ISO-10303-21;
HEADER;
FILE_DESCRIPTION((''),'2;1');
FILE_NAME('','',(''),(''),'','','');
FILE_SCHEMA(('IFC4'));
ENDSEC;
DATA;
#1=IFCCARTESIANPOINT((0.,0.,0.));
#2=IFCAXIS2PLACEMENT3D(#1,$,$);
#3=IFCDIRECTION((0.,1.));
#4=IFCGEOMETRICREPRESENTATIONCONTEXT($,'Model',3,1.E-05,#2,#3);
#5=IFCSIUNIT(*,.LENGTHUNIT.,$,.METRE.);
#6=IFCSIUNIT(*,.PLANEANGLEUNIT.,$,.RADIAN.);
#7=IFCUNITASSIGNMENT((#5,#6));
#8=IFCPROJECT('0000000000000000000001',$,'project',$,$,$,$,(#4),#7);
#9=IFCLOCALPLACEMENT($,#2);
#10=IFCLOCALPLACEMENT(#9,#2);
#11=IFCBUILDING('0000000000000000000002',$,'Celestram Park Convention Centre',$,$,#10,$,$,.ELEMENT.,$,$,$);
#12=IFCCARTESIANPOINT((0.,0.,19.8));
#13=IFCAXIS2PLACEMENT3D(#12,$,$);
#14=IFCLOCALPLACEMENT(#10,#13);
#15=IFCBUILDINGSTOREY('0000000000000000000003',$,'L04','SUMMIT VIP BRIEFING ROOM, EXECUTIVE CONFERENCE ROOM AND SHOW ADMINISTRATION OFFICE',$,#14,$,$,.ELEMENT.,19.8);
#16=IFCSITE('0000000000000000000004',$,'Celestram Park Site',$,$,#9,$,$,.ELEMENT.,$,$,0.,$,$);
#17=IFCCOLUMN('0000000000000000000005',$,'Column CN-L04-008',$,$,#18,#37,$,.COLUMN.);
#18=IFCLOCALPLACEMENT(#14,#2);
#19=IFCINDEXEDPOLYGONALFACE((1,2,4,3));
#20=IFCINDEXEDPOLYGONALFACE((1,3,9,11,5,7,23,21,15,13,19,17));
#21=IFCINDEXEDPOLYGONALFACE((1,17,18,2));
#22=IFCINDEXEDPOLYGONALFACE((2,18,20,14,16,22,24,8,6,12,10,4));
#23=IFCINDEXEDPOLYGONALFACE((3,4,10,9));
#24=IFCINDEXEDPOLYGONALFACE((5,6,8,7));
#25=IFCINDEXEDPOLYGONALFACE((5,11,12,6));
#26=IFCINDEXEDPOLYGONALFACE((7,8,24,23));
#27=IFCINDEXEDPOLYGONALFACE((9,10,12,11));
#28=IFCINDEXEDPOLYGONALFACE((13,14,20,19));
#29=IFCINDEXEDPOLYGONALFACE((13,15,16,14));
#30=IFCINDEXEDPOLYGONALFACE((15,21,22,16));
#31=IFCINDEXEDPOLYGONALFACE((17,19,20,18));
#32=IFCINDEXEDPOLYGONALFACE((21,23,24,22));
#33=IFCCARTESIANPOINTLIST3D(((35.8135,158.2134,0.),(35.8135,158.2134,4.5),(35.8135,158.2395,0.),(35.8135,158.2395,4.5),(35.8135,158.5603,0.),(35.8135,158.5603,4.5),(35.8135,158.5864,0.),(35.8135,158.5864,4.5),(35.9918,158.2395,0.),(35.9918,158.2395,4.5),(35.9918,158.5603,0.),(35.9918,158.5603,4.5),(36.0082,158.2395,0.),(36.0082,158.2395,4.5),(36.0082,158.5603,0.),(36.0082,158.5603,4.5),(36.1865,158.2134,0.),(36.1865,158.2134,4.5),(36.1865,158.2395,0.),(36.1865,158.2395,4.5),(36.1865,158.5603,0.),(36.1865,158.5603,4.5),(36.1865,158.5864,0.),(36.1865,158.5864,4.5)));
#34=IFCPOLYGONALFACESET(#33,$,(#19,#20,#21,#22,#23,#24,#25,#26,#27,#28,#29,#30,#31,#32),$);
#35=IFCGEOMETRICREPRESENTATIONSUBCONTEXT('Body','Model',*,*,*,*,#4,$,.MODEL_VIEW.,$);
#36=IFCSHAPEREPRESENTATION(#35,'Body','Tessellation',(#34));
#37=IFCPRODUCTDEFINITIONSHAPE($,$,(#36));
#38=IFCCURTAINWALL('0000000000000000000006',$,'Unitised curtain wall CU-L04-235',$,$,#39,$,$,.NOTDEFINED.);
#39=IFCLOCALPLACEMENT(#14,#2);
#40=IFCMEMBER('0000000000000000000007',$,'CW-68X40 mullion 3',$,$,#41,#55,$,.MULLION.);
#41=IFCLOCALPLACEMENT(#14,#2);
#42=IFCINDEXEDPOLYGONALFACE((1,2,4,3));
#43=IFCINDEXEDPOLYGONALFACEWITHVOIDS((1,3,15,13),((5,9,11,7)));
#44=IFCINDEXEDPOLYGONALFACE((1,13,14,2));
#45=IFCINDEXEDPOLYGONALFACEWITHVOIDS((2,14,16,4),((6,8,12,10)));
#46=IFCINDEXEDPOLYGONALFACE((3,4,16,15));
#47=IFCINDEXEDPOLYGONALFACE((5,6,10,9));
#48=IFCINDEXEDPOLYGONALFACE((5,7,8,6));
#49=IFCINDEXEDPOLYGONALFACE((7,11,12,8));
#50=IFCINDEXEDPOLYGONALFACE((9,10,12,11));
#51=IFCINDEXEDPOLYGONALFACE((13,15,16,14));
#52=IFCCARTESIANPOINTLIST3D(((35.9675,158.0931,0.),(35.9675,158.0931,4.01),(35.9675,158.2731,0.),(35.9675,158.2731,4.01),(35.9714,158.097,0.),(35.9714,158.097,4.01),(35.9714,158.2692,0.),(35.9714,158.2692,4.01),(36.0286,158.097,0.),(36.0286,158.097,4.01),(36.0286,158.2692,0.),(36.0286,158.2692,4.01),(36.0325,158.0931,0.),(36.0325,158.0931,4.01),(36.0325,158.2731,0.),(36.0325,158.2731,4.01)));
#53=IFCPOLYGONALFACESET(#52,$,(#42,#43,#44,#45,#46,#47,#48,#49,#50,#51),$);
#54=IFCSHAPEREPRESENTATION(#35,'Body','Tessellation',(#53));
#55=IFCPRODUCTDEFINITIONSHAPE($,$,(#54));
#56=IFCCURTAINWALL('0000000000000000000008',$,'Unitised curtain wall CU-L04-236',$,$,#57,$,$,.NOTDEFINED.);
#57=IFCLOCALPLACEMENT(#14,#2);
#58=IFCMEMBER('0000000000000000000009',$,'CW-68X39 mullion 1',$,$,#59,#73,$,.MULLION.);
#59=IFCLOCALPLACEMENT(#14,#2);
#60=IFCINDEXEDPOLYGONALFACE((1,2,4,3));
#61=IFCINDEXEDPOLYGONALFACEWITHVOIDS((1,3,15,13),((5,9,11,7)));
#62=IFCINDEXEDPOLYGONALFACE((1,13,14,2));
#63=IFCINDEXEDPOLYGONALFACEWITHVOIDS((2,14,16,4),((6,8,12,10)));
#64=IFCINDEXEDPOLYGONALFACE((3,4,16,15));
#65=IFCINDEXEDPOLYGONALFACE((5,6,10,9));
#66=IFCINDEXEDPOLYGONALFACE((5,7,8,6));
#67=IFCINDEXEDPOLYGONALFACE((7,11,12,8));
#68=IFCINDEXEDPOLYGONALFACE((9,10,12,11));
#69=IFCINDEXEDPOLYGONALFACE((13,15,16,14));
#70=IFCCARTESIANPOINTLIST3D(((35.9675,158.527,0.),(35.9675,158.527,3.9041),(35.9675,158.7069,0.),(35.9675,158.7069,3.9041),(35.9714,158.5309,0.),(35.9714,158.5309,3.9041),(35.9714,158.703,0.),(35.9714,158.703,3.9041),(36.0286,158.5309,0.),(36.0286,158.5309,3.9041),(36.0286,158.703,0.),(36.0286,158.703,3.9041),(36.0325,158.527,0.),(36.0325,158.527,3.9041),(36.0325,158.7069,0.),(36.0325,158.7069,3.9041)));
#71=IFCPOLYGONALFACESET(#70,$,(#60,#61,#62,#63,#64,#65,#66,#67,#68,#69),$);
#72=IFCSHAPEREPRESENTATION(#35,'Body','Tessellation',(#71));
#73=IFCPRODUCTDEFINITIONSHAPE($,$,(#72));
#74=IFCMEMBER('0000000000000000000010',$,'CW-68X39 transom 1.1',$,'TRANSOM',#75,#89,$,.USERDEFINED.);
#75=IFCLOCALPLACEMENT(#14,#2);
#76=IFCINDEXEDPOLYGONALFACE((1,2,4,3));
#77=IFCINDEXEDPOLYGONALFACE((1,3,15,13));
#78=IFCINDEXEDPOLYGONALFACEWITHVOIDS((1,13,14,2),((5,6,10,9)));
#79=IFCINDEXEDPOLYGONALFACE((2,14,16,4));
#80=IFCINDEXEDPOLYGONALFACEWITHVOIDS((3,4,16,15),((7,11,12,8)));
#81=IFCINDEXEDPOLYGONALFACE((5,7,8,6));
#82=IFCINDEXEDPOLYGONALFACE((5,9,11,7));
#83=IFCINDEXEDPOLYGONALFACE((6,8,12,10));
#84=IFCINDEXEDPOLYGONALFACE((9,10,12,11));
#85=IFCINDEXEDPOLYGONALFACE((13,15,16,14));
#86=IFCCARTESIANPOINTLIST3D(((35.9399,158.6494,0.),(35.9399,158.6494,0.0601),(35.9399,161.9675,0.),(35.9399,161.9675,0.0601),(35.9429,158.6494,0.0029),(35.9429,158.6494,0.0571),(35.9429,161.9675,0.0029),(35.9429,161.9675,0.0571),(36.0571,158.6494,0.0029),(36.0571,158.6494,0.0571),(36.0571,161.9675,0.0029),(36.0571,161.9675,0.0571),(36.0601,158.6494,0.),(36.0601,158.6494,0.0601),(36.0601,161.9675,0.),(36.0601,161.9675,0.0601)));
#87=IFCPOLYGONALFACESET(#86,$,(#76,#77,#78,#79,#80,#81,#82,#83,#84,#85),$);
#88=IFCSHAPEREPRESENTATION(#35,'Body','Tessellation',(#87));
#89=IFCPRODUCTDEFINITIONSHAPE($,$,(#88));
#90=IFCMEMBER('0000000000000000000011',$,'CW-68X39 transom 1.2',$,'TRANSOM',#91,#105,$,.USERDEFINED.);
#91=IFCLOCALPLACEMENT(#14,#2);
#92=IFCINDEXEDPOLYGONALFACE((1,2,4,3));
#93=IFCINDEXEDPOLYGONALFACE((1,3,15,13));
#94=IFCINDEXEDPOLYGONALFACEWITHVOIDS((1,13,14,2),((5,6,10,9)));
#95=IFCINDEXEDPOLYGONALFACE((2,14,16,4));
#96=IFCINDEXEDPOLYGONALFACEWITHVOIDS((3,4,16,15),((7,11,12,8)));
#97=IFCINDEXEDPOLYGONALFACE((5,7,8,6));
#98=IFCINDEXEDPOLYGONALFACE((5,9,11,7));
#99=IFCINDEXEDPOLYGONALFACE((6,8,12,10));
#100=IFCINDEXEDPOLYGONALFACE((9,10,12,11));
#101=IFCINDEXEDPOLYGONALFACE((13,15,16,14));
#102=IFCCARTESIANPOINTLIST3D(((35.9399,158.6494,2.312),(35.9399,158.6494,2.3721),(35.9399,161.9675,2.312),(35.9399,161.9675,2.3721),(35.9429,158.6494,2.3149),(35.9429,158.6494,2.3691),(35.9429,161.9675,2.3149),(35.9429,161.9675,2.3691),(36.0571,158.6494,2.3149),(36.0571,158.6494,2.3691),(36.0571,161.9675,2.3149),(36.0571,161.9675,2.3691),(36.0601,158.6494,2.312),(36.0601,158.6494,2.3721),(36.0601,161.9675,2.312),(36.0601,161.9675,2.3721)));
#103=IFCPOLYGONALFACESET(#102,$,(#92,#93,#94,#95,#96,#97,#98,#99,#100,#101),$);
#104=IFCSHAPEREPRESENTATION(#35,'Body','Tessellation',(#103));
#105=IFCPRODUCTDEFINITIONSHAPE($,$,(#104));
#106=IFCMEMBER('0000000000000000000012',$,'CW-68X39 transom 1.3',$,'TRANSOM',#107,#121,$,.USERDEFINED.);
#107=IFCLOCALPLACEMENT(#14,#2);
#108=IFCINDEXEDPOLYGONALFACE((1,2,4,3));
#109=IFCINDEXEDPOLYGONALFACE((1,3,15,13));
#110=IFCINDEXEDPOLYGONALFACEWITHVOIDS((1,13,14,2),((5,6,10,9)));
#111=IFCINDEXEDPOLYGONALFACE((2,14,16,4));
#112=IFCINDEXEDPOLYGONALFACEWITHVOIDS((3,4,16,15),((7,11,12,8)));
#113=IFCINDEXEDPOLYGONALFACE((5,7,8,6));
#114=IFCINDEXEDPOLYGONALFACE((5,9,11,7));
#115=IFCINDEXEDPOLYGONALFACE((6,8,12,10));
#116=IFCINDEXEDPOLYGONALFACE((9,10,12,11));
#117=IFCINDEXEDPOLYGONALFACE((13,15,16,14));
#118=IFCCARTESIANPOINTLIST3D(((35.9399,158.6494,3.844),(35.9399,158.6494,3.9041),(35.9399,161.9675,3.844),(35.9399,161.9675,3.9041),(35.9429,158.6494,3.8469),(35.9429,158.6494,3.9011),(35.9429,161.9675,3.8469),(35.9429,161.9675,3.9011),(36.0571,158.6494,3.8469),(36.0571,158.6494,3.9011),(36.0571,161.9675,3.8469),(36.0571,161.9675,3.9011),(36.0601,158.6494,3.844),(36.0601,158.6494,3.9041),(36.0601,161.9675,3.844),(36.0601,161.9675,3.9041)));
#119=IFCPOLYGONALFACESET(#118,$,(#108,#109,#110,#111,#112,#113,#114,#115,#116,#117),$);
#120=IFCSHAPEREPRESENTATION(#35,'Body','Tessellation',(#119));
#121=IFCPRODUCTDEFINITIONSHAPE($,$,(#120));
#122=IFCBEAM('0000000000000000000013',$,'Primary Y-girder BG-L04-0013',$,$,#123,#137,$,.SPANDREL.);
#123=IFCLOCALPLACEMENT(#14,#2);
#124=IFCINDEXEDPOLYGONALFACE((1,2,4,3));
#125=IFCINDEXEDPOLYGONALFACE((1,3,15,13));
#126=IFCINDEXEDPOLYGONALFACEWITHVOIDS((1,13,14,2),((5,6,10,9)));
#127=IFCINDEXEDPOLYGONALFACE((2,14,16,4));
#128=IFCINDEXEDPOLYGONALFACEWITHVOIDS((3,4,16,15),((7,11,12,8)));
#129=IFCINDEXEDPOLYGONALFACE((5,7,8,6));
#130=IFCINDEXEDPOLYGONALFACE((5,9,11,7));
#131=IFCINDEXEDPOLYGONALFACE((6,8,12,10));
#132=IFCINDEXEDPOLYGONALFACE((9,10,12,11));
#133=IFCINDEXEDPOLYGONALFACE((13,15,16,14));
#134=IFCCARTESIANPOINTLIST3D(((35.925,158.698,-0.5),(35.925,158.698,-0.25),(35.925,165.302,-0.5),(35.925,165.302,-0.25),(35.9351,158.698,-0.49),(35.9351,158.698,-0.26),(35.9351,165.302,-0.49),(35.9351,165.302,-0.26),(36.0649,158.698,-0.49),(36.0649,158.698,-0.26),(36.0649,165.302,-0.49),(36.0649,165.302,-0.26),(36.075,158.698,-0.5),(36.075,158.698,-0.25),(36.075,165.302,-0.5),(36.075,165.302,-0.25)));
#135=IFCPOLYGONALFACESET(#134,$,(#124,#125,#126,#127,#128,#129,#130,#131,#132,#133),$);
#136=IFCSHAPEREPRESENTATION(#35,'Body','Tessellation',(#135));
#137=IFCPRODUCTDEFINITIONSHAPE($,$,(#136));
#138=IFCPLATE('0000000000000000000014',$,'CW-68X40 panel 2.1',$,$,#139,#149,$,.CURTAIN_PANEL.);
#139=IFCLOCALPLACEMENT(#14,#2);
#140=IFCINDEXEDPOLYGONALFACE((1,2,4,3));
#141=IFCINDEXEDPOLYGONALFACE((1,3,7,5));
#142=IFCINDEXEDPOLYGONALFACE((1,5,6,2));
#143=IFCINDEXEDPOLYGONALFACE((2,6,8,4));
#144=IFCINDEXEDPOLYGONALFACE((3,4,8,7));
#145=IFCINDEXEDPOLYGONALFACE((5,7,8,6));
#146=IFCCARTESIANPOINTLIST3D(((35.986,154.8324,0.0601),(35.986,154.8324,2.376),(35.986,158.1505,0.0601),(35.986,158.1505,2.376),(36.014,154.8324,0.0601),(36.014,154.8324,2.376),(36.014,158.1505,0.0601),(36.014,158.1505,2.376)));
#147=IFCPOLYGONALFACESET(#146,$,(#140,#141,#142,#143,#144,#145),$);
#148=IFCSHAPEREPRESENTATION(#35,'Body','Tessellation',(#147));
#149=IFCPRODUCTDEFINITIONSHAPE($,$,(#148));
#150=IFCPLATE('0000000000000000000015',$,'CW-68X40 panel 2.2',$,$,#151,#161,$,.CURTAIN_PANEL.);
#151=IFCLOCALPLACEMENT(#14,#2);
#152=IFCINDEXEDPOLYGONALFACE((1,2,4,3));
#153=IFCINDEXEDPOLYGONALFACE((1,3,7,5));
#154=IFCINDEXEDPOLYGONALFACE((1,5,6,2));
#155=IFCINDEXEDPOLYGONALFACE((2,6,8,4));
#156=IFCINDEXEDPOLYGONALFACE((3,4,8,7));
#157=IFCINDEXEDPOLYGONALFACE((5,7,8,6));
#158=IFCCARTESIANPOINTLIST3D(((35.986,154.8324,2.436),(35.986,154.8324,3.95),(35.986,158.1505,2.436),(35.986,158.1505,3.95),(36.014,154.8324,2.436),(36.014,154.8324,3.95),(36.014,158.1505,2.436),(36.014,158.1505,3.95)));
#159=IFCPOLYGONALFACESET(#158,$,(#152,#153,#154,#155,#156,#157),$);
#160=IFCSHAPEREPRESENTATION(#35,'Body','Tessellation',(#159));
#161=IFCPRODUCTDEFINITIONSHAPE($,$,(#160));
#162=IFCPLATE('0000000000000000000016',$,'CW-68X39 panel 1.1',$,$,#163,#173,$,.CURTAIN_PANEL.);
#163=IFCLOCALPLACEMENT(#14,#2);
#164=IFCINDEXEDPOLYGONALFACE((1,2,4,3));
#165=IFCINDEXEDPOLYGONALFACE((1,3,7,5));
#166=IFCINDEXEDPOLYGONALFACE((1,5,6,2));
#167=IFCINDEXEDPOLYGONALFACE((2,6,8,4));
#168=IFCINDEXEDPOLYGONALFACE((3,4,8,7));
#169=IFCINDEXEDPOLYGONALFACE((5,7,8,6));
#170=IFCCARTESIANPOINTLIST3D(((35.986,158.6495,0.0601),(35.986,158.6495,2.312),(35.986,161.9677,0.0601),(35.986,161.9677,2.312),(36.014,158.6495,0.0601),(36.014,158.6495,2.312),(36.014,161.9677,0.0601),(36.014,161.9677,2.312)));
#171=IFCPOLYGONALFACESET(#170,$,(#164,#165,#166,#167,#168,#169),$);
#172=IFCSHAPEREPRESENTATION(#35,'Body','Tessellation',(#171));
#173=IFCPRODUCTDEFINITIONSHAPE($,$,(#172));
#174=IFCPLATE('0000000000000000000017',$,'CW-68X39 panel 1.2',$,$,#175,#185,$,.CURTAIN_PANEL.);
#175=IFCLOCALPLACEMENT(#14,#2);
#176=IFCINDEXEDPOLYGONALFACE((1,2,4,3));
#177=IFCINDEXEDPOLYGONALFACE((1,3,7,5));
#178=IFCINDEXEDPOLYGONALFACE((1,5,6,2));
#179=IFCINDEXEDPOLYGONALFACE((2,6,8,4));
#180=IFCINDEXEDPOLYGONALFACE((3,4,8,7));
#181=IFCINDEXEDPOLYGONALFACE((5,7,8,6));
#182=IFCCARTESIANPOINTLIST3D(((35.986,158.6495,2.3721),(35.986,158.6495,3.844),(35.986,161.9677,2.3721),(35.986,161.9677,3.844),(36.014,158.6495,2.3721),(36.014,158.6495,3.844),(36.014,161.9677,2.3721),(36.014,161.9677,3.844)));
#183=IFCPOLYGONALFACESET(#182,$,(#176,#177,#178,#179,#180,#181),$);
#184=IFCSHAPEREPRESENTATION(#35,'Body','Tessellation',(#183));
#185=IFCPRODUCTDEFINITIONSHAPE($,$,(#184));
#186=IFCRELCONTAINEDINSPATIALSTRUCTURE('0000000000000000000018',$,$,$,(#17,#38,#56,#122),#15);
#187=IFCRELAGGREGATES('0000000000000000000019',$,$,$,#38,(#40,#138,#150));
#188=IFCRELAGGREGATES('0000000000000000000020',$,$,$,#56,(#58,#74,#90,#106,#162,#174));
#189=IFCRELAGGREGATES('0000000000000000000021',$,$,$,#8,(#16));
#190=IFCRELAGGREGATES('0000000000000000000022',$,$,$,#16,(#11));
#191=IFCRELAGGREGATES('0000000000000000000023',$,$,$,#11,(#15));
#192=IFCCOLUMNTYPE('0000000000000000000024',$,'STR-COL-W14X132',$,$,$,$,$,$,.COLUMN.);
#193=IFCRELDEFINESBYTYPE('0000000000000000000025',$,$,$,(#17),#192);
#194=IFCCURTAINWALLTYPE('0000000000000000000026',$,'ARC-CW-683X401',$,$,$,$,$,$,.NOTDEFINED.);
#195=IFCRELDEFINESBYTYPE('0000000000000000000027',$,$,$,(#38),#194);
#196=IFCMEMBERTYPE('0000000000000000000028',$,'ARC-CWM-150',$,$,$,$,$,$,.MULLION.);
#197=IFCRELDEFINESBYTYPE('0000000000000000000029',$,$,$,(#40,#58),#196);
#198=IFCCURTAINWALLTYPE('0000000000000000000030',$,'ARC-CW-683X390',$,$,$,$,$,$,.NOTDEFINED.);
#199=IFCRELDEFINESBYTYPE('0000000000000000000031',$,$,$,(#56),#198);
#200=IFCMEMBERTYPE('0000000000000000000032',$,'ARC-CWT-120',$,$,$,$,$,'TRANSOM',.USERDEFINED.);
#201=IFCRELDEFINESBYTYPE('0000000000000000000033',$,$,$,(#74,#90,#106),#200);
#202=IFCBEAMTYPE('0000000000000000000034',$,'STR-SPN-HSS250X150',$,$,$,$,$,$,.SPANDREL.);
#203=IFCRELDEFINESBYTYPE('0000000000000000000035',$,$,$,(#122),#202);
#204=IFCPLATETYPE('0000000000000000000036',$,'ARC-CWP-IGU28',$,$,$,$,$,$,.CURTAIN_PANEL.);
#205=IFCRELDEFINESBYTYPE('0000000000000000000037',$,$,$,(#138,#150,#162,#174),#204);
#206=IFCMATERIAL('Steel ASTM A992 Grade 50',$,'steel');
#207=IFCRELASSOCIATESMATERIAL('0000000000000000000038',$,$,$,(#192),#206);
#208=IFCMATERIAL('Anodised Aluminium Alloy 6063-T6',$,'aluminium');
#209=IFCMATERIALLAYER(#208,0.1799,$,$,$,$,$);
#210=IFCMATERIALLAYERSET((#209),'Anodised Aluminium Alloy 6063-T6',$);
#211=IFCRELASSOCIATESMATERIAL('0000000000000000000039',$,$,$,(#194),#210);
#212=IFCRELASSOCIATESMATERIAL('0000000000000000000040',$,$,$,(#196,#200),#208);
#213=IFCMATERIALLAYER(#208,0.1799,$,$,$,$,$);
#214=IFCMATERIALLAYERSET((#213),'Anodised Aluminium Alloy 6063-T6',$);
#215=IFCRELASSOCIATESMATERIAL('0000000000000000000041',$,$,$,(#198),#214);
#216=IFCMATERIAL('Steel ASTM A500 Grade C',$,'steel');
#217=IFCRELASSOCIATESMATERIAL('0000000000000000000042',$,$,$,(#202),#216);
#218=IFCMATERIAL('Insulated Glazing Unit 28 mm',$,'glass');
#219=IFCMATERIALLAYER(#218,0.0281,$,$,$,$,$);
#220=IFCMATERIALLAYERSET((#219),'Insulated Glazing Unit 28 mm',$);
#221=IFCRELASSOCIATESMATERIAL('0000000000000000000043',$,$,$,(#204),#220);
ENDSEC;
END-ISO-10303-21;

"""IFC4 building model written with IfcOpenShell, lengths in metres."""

from ifc_helpers import new_model, si_unit, direction, frame, origin, origin_2d, place, context, subcontext, project, spatial, rectangle, hollow_rectangle, i_section, extrude, material, layer, layer_set, material_profile, profile_set, type_object, element, aggregate, save


model = new_model("IFC4")

# Units and contexts
model_context = context("Model", 3, precision=1e-05, world=origin(), true_north=direction((0.0, 1.0)))
body_context = subcontext(model_context, "Body", "Model", "MODEL_VIEW")
ifc_project = project(units=[si_unit("LENGTHUNIT", "METRE"), si_unit("PLANEANGLEUNIT", "RADIAN")], contexts=[model_context])

# Site, building, storey
site_placement = place(None, origin())
site = spatial("IfcSite", under=ifc_project, at=site_placement, Name="Celestram Park Site", CompositionType="ELEMENT", RefElevation=0.0)
building_placement = place(site_placement, origin())
building = spatial("IfcBuilding", under=site, at=building_placement, Name="Celestram Park Convention Centre", CompositionType="ELEMENT")
storey_placement = place(building_placement, frame((0.0, 0.0, 19.8)))
storey = spatial("IfcBuildingStorey", under=building, at=storey_placement, Name="L04", Description="SUMMIT VIP BRIEFING ROOM, EXECUTIVE CONFERENCE ROOM AND SHOW ADMINISTRATION OFFICE", CompositionType="ELEMENT", Elevation=19.8)

# Column
ifc_material_1 = material(Name="Steel ASTM A992 Grade 50", Category="steel")
ifc_material_profile_1 = material_profile(ifc_material_1, i_section(OverallWidth=0.373, OverallDepth=0.373, WebThickness=0.0164, FlangeThickness=0.0261, at=origin_2d()), Name="W14X132")
ifc_profile_set_1 = profile_set([ifc_material_profile_1], Name="Steel ASTM A992 Grade 50")
column_type = type_object("IfcColumnType", Name="STR-COL-W14X132", PredefinedType="COLUMN", material=ifc_profile_set_1)
column_placement = place(storey_placement, frame((36.0, 158.3999, 0.0), z_axis=(0.0, 0.0, 1.0), x_axis=(1.0, 0.0, 0.0)))
element("IfcColumn", 1, at=column_placement, inside=storey, type_object=column_type, Name="Column CN-L04-008", PredefinedType="COLUMN", context=body_context, shape_type="SweptSolid", body=[
    extrude(i_section(OverallWidth=0.373, OverallDepth=0.373, WebThickness=0.0164, FlangeThickness=0.0261, at=origin_2d()), origin(), (0.0, 0.0, 1.0), 4.5),
])

# Curtain wall, member
ifc_material_2 = material(Name="Anodised Aluminium Alloy 6063-T6", Category="aluminium")
ifc_layer_1 = layer(ifc_material_2, 0.1799)
ifc_layer_set_1 = layer_set([ifc_layer_1], Name="Anodised Aluminium Alloy 6063-T6")
curtain_wall_type_1 = type_object("IfcCurtainWallType", Name="ARC-CW-683X401", PredefinedType="NOTDEFINED", material=ifc_layer_set_1)
curtain_wall_1_placement = place(storey_placement, origin())
curtain_wall_1 = element("IfcCurtainWall", 2, at=curtain_wall_1_placement, inside=storey, type_object=curtain_wall_type_1, Name="Unitised curtain wall CU-L04-235", PredefinedType="NOTDEFINED")
ifc_material_profile_2 = material_profile(ifc_material_2, hollow_rectangle(XDim=0.0649, YDim=0.1799, WallThickness=0.0039, at=origin_2d()), Name="ALU65X180X4")
ifc_profile_set_2 = profile_set([ifc_material_profile_2], Name="Anodised Aluminium Alloy 6063-T6")
member_type_1 = type_object("IfcMemberType", Name="ARC-CWM-150", PredefinedType="MULLION", material=ifc_profile_set_2)
member_1_placement = place(storey_placement, frame((36.0, 158.1831, 0.0), z_axis=(0.0, 0.0, 1.0), x_axis=(-1.0, 0.0, 0.0)))
member_1 = element("IfcMember", 3, at=member_1_placement, type_object=member_type_1, Name="CW-68X40 mullion 3", PredefinedType="MULLION", context=body_context, shape_type="SweptSolid", body=[
    extrude(hollow_rectangle(XDim=0.0649, YDim=0.1799, WallThickness=0.0039, at=origin_2d()), origin(), (0.0, 0.0, 1.0), 4.01),
])

# Curtain wall, members
ifc_layer_2 = layer(ifc_material_2, 0.1799)
ifc_layer_set_2 = layer_set([ifc_layer_2], Name="Anodised Aluminium Alloy 6063-T6")
curtain_wall_type_2 = type_object("IfcCurtainWallType", Name="ARC-CW-683X390", PredefinedType="NOTDEFINED", material=ifc_layer_set_2)
curtain_wall_2_placement = place(storey_placement, origin())
curtain_wall_2 = element("IfcCurtainWall", 4, at=curtain_wall_2_placement, inside=storey, type_object=curtain_wall_type_2, Name="Unitised curtain wall CU-L04-236", PredefinedType="NOTDEFINED")
member_2_placement = place(storey_placement, frame((36.0, 158.6169, 0.0), z_axis=(0.0, 0.0, 1.0), x_axis=(-1.0, 0.0, 0.0)))
member_2 = element("IfcMember", 5, at=member_2_placement, type_object=member_type_1, Name="CW-68X39 mullion 1", PredefinedType="MULLION", context=body_context, shape_type="SweptSolid", body=[
    extrude(hollow_rectangle(XDim=0.0649, YDim=0.1799, WallThickness=0.0039, at=origin_2d()), origin(), (0.0, 0.0, 1.0), 3.9041),
])
ifc_material_profile_3 = material_profile(ifc_material_2, hollow_rectangle(XDim=0.1201, YDim=0.0601, WallThickness=0.0029, at=origin_2d()), Name="ALU120X60X3")
ifc_profile_set_3 = profile_set([ifc_material_profile_3], Name="Anodised Aluminium Alloy 6063-T6")
member_type_2 = type_object("IfcMemberType", Name="ARC-CWT-120", ElementType="TRANSOM", PredefinedType="USERDEFINED", material=ifc_profile_set_3)
member_3_placement = place(storey_placement, frame((36.0, 158.6494, 0.03), z_axis=(0.0, 1.0, 0.0), x_axis=(-1.0, 0.0, 0.0)))
member_3 = element("IfcMember", 6, at=member_3_placement, type_object=member_type_2, Name="CW-68X39 transom 1.1", ObjectType="TRANSOM", PredefinedType="USERDEFINED", context=body_context, shape_type="SweptSolid", body=[
    extrude(hollow_rectangle(XDim=0.1201, YDim=0.0601, WallThickness=0.0029, at=origin_2d()), origin(), (0.0, 0.0, 1.0), 3.3181),
])
member_4_placement = place(storey_placement, frame((36.0, 158.6494, 2.342), z_axis=(0.0, 1.0, 0.0), x_axis=(-1.0, 0.0, 0.0)))
member_4 = element("IfcMember", 7, at=member_4_placement, type_object=member_type_2, Name="CW-68X39 transom 1.2", ObjectType="TRANSOM", PredefinedType="USERDEFINED", context=body_context, shape_type="SweptSolid", body=[
    extrude(hollow_rectangle(XDim=0.1201, YDim=0.0601, WallThickness=0.0029, at=origin_2d()), origin(), (0.0, 0.0, 1.0), 3.3181),
])
member_5_placement = place(storey_placement, frame((36.0, 158.6494, 3.874), z_axis=(0.0, 1.0, 0.0), x_axis=(-1.0, 0.0, 0.0)))
member_5 = element("IfcMember", 8, at=member_5_placement, type_object=member_type_2, Name="CW-68X39 transom 1.3", ObjectType="TRANSOM", PredefinedType="USERDEFINED", context=body_context, shape_type="SweptSolid", body=[
    extrude(hollow_rectangle(XDim=0.1201, YDim=0.0601, WallThickness=0.0029, at=origin_2d()), origin(), (0.0, 0.0, 1.0), 3.3181),
])

# Beam
ifc_material_3 = material(Name="Steel ASTM A500 Grade C", Category="steel")
ifc_material_profile_4 = material_profile(ifc_material_3, hollow_rectangle(XDim=0.1499, YDim=0.25, WallThickness=0.01, at=origin_2d()), Name="HSS250X150X10")
ifc_profile_set_4 = profile_set([ifc_material_profile_4], Name="Steel ASTM A500 Grade C")
beam_type = type_object("IfcBeamType", Name="STR-SPN-HSS250X150", PredefinedType="SPANDREL", material=ifc_profile_set_4)
beam_placement = place(storey_placement, frame((36.0, 158.698, -0.375), z_axis=(0.0, 1.0, 0.0), x_axis=(-1.0, 0.0, 0.0)))
element("IfcBeam", 9, at=beam_placement, inside=storey, type_object=beam_type, Name="Primary Y-girder BG-L04-0013", PredefinedType="SPANDREL", context=body_context, shape_type="SweptSolid", body=[
    extrude(hollow_rectangle(XDim=0.1499, YDim=0.25, WallThickness=0.01, at=origin_2d()), origin(), (0.0, 0.0, 1.0), 6.604),
])

# Plates
ifc_material_4 = material(Name="Insulated Glazing Unit 28 mm", Category="glass")
ifc_layer_3 = layer(ifc_material_4, 0.0281)
ifc_layer_set_3 = layer_set([ifc_layer_3], Name="Insulated Glazing Unit 28 mm")
plate_type = type_object("IfcPlateType", Name="ARC-CWP-IGU28", PredefinedType="CURTAIN_PANEL", material=ifc_layer_set_3)
plate_1_placement = place(storey_placement, frame((36.0, 156.4915, 0.0601), z_axis=(0.0, 0.0, 1.0), x_axis=(0.0, 1.0, 0.0)))
plate_1 = element("IfcPlate", 10, at=plate_1_placement, type_object=plate_type, Name="CW-68X40 panel 2.1", PredefinedType="CURTAIN_PANEL", context=body_context, shape_type="SweptSolid", body=[
    extrude(rectangle(XDim=3.3181, YDim=0.0281, at=origin_2d()), origin(), (0.0, 0.0, 1.0), 2.3159),
])
plate_2_placement = place(storey_placement, frame((36.0, 156.4915, 2.436), z_axis=(0.0, 0.0, 1.0), x_axis=(0.0, 1.0, 0.0)))
plate_2 = element("IfcPlate", 11, at=plate_2_placement, type_object=plate_type, Name="CW-68X40 panel 2.2", PredefinedType="CURTAIN_PANEL", context=body_context, shape_type="SweptSolid", body=[
    extrude(rectangle(XDim=3.3181, YDim=0.0281, at=origin_2d()), origin(), (0.0, 0.0, 1.0), 1.5139),
])
aggregate(curtain_wall_1, [member_1, plate_1, plate_2])
plate_3_placement = place(storey_placement, frame((36.0, 160.3086, 0.0601), z_axis=(0.0, 0.0, 1.0), x_axis=(0.0, 1.0, 0.0)))
plate_3 = element("IfcPlate", 12, at=plate_3_placement, type_object=plate_type, Name="CW-68X39 panel 1.1", PredefinedType="CURTAIN_PANEL", context=body_context, shape_type="SweptSolid", body=[
    extrude(rectangle(XDim=3.3181, YDim=0.0281, at=origin_2d()), origin(), (0.0, 0.0, 1.0), 2.252),
])
plate_4_placement = place(storey_placement, frame((36.0, 160.3086, 2.3721), z_axis=(0.0, 0.0, 1.0), x_axis=(0.0, 1.0, 0.0)))
plate_4 = element("IfcPlate", 13, at=plate_4_placement, type_object=plate_type, Name="CW-68X39 panel 1.2", PredefinedType="CURTAIN_PANEL", context=body_context, shape_type="SweptSolid", body=[
    extrude(rectangle(XDim=3.3181, YDim=0.0281, at=origin_2d()), origin(), (0.0, 0.0, 1.0), 1.4719),
])
aggregate(curtain_wall_2, [member_2, member_3, member_4, member_5, plate_3, plate_4])

save(model, "model.ifc")
